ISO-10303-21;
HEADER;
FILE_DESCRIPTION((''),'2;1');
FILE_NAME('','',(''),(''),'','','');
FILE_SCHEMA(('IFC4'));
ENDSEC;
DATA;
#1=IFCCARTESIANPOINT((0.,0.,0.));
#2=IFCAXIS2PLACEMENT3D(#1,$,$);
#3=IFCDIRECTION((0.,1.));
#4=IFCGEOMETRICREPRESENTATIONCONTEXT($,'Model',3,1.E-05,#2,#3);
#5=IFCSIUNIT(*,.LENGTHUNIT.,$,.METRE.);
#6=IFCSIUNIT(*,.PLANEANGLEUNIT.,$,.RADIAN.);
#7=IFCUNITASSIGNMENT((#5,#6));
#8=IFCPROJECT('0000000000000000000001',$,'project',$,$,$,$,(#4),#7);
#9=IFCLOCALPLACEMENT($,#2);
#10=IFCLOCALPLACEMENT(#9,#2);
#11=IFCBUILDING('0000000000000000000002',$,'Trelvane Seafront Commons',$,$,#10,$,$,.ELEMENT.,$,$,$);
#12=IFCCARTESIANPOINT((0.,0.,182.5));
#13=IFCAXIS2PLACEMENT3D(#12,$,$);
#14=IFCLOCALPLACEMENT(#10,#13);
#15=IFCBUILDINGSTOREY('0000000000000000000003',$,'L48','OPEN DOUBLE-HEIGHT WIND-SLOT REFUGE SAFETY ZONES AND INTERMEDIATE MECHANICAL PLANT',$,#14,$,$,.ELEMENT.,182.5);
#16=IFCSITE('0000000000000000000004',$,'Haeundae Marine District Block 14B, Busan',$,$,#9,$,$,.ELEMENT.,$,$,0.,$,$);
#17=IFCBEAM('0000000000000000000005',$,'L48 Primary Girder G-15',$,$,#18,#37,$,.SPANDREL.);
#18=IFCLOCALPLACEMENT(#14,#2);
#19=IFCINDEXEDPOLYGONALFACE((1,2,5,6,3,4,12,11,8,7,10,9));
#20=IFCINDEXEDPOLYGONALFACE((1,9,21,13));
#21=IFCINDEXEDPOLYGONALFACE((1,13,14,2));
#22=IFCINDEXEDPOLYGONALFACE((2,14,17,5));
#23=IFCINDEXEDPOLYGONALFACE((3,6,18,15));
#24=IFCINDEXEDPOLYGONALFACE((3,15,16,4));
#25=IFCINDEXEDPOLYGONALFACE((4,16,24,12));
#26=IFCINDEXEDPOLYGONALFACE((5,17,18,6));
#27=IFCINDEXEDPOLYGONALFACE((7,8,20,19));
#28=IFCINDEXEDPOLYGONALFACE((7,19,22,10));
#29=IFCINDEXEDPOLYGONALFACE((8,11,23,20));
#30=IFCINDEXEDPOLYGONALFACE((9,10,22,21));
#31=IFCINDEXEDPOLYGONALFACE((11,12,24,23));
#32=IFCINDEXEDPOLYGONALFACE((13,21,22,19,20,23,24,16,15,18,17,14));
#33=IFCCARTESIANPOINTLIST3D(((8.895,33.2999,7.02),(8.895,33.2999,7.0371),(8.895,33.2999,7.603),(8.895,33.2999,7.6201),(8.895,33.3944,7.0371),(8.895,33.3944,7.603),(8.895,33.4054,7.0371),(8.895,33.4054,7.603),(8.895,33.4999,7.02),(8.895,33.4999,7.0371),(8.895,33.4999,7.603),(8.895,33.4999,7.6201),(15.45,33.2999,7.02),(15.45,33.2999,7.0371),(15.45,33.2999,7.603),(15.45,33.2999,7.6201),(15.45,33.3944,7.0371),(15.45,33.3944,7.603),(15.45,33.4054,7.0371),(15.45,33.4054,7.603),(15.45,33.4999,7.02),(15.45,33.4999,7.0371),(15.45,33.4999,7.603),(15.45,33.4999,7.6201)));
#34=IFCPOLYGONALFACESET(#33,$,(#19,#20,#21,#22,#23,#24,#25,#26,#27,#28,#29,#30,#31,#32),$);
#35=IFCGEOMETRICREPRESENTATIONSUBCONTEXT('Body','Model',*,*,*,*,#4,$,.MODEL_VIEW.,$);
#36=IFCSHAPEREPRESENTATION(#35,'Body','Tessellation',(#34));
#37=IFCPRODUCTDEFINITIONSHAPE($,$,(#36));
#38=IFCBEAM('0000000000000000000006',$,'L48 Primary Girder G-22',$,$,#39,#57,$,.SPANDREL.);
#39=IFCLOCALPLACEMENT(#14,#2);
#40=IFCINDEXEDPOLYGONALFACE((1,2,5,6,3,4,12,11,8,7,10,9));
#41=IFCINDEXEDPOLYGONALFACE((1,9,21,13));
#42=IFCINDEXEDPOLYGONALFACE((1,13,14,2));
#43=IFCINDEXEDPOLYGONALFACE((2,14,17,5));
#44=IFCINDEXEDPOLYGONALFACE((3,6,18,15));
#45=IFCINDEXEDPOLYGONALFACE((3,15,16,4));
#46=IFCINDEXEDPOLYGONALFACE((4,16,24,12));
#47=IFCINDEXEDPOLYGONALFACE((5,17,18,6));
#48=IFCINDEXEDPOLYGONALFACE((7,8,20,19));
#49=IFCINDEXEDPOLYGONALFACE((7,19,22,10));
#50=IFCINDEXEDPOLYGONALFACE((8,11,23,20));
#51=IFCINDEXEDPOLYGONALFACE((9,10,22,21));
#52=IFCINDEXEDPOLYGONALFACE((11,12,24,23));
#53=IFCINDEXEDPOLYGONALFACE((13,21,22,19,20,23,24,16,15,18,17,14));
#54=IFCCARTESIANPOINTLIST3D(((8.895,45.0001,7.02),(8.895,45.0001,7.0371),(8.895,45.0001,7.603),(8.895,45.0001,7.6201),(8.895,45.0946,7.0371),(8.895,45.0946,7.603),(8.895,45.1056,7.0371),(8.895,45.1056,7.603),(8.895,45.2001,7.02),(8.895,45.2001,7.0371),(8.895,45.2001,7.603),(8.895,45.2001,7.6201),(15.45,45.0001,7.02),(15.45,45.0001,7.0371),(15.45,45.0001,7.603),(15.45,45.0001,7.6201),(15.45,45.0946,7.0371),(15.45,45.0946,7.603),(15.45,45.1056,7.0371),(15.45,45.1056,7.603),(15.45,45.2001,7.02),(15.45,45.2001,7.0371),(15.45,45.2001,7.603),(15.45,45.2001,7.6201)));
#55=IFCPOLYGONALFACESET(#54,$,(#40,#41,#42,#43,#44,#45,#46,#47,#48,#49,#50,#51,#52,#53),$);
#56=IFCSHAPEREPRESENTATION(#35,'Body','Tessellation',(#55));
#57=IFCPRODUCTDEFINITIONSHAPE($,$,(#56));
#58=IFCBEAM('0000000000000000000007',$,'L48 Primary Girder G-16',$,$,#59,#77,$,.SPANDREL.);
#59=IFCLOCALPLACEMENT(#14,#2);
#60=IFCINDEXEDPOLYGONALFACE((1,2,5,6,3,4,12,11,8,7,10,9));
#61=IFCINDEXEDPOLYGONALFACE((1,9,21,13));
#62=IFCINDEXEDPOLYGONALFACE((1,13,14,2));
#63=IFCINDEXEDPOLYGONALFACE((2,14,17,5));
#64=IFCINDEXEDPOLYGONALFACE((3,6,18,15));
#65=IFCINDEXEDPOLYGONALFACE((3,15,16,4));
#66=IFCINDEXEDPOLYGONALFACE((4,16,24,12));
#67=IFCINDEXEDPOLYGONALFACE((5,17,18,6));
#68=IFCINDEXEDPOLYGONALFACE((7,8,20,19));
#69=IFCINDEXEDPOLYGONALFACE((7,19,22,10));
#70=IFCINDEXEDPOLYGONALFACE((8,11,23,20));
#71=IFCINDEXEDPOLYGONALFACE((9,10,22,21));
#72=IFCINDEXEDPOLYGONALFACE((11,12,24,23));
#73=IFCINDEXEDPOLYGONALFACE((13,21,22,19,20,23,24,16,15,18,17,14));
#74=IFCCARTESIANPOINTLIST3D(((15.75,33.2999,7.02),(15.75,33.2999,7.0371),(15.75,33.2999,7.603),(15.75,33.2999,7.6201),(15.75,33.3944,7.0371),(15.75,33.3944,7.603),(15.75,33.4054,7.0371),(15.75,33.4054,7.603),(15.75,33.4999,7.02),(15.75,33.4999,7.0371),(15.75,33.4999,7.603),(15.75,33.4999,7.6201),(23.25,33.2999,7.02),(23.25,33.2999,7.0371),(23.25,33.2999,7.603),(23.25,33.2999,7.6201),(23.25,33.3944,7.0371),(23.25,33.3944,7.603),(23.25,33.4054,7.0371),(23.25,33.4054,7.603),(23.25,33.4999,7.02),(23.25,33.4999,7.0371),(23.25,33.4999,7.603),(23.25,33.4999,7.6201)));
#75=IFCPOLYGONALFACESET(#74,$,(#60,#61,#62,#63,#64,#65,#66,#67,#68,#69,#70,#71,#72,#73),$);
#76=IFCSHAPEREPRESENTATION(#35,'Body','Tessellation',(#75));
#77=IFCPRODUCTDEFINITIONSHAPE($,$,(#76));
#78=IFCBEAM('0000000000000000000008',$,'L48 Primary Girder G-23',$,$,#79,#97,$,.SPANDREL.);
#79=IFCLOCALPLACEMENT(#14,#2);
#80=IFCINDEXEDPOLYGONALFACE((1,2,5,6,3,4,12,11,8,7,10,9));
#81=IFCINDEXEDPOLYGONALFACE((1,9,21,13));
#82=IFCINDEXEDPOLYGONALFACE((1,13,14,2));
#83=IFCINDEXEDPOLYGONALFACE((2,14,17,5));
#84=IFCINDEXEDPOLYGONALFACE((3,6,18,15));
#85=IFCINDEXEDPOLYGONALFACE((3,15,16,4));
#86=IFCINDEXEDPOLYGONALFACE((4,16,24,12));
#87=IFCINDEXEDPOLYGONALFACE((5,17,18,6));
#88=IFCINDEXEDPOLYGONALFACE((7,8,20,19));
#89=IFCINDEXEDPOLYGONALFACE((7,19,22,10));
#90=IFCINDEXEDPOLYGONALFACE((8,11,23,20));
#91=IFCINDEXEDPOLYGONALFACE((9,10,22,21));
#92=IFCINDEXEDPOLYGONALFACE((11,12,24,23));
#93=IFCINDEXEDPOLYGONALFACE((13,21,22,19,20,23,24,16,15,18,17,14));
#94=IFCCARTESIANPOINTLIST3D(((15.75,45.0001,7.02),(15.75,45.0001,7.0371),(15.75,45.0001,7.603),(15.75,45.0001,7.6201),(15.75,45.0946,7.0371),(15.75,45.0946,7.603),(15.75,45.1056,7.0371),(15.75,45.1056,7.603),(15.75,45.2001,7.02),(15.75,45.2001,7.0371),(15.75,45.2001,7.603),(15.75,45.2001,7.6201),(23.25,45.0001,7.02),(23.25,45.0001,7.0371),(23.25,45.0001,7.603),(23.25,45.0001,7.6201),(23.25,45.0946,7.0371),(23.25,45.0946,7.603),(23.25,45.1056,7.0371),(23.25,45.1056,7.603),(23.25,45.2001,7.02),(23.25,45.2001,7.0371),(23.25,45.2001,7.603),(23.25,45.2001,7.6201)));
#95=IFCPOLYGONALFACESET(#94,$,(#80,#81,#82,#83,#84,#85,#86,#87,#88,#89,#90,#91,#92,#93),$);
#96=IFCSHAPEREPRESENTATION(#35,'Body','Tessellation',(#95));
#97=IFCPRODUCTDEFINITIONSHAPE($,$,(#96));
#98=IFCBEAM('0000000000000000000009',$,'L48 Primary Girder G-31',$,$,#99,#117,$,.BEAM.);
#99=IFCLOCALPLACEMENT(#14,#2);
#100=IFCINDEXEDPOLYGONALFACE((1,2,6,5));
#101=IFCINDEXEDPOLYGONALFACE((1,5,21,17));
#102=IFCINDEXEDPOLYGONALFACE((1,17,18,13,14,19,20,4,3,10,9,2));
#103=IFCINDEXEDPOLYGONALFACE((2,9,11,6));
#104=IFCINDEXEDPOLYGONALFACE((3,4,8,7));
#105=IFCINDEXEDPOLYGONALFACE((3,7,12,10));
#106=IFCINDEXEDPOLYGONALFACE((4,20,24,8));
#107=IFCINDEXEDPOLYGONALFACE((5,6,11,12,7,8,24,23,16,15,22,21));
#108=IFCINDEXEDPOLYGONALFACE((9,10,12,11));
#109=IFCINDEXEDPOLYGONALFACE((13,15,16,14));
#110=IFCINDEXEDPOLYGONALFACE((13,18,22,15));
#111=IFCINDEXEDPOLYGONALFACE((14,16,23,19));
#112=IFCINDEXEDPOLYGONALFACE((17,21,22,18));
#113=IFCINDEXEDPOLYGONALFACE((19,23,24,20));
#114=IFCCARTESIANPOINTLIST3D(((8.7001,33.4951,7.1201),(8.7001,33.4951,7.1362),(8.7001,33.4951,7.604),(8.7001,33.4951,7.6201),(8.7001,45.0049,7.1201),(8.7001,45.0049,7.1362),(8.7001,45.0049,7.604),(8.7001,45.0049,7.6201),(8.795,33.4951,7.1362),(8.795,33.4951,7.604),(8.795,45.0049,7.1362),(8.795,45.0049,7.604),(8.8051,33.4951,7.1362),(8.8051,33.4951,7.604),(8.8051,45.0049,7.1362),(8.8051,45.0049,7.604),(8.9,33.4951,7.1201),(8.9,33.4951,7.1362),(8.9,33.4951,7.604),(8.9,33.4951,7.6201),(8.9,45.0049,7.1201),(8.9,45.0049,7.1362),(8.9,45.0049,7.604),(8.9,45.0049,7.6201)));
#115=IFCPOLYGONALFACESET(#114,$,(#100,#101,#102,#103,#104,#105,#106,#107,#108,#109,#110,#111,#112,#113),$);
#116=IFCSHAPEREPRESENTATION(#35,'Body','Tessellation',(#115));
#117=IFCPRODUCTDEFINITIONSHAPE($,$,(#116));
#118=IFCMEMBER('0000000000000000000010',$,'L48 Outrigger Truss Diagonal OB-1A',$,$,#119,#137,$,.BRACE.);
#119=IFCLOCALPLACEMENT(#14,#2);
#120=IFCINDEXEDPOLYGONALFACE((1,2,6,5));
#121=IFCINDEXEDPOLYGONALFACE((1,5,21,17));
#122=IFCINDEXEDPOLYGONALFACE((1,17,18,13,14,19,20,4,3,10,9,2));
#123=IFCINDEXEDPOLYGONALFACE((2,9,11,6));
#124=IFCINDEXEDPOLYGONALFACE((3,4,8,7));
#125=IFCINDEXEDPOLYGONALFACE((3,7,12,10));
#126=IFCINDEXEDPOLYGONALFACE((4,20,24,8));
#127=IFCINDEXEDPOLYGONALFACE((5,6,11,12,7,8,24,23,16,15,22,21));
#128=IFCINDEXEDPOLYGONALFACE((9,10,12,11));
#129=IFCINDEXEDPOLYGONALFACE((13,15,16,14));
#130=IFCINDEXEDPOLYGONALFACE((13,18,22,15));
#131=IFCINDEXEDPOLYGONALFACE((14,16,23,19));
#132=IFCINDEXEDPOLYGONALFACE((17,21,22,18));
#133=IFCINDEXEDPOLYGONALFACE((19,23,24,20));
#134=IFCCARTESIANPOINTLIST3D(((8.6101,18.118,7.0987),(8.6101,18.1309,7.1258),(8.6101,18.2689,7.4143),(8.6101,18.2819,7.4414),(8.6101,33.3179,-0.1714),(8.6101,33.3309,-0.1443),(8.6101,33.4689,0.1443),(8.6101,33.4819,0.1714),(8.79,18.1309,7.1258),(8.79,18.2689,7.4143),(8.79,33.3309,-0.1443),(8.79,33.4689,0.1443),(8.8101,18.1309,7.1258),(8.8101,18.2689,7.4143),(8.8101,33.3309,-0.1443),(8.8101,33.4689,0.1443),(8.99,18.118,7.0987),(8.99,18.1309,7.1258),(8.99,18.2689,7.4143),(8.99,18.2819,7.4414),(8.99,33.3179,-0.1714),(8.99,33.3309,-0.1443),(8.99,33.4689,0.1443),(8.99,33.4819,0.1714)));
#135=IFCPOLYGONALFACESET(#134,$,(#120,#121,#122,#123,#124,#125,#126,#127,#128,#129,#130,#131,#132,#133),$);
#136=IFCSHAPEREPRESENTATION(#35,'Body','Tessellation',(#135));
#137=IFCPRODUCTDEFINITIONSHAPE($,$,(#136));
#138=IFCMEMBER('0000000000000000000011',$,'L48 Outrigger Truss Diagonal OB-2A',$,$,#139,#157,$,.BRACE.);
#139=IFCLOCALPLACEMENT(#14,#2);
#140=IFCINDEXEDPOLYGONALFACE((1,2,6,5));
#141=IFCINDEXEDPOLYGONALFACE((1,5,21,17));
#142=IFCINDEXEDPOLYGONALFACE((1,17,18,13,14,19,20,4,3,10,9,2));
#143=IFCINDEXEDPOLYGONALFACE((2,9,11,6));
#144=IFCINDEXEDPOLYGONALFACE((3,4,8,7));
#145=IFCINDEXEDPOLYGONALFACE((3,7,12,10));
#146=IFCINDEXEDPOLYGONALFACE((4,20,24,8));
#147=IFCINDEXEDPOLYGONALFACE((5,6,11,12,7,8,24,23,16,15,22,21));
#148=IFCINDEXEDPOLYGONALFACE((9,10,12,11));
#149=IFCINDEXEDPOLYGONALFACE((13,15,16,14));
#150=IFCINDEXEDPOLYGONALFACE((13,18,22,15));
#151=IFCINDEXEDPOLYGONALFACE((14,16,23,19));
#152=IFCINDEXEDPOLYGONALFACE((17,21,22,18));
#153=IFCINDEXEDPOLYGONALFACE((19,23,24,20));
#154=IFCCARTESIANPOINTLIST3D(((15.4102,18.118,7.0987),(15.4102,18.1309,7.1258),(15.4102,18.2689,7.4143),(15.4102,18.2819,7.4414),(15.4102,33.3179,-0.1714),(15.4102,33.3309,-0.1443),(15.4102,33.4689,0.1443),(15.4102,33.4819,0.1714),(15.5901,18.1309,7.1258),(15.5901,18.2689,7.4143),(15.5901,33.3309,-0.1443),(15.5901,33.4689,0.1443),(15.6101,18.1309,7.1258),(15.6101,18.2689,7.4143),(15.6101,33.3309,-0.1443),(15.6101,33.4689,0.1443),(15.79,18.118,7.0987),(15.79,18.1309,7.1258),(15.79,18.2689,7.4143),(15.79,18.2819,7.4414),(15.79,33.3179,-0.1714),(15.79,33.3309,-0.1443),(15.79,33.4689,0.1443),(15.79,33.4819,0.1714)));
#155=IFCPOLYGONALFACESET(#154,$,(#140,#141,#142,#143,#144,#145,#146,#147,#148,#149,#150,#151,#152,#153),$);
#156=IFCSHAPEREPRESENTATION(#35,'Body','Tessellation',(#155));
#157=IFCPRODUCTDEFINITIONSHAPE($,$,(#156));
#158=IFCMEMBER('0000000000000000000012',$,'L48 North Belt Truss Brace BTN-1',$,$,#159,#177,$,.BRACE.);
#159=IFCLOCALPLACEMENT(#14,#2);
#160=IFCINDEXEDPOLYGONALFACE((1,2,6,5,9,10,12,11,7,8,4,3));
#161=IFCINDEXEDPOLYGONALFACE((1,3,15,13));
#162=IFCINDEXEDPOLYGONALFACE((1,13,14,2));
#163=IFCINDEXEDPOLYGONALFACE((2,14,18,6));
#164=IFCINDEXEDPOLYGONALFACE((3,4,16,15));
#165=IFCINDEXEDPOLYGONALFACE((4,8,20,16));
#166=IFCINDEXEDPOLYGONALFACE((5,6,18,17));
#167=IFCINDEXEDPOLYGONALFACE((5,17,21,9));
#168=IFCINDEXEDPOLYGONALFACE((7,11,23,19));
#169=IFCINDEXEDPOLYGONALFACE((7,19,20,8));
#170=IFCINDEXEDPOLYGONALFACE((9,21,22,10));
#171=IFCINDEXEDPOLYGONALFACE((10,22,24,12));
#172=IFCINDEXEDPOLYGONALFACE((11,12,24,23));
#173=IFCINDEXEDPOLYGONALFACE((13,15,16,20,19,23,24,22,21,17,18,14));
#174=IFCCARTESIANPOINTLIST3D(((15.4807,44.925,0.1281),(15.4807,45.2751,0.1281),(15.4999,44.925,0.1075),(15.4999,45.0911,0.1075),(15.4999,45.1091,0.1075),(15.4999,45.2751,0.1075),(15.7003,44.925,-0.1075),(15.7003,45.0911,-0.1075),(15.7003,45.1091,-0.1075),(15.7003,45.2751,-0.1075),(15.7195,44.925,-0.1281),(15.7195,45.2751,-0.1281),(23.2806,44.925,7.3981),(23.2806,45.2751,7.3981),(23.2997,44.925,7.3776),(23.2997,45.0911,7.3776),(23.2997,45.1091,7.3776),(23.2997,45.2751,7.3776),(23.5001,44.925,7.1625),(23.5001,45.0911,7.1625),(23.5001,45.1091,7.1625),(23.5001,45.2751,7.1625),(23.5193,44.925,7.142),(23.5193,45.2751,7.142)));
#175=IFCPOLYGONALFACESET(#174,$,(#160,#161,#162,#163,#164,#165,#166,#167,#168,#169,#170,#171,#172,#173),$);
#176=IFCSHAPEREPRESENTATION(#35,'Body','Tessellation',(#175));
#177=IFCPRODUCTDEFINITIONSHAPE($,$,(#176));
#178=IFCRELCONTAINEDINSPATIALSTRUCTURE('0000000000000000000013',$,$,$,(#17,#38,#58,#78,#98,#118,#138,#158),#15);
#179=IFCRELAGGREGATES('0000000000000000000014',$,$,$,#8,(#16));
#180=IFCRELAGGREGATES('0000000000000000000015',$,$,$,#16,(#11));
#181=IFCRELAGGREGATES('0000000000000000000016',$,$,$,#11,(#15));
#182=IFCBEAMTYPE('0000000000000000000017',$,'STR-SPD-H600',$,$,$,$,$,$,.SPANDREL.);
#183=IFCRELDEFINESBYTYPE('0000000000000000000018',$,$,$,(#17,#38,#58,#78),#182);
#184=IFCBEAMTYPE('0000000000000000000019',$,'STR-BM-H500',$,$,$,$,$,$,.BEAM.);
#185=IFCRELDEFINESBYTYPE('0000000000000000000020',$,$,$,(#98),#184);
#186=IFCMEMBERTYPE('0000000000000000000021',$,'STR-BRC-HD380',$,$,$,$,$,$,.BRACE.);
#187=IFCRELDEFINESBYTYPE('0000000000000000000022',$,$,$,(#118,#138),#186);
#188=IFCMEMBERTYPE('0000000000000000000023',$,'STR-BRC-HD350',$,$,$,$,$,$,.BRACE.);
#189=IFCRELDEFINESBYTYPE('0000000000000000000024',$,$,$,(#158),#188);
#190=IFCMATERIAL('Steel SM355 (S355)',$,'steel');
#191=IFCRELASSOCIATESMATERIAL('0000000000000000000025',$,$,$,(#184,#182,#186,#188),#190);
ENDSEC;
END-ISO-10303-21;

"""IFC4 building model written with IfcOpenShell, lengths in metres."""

from ifc_helpers import new_model, si_unit, direction, frame, origin, origin_2d, place, context, subcontext, project, spatial, i_section, extrude, source, transform, mapped, material, material_profile, profile_set, type_object, element, save


model = new_model("IFC4")

# Units and contexts
model_context = context("Model", 3, precision=1e-05, world=origin(), true_north=direction((0.0, 1.0)))
body_context = subcontext(model_context, "Body", "Model", "MODEL_VIEW")
ifc_project = project(units=[si_unit("LENGTHUNIT", "METRE"), si_unit("PLANEANGLEUNIT", "RADIAN")], contexts=[model_context])

# Site, building, storey
site_placement = place(None, origin())
site = spatial("IfcSite", under=ifc_project, at=site_placement, Name="Haeundae Marine District Block 14B, Busan", CompositionType="ELEMENT", RefElevation=0.0)
building_placement = place(site_placement, origin())
building = spatial("IfcBuilding", under=site, at=building_placement, Name="Trelvane Seafront Commons", CompositionType="ELEMENT")
storey_placement = place(building_placement, frame((0.0, 0.0, 182.5)))
storey = spatial("IfcBuildingStorey", under=building, at=storey_placement, Name="L48", Description="OPEN DOUBLE-HEIGHT WIND-SLOT REFUGE SAFETY ZONES AND INTERMEDIATE MECHANICAL PLANT", CompositionType="ELEMENT", Elevation=182.5)

# Shared definitions
ifc_material_1 = material(Name="Steel SM355 (S355)", Category="steel")

# Beams
ifc_material_profile_1 = material_profile(ifc_material_1, i_section(OverallWidth=0.2, OverallDepth=0.5, WebThickness=0.01, FlangeThickness=0.0161, at=origin_2d()), Name="H-500x200x10x16")
ifc_profile_set_1 = profile_set([ifc_material_profile_1], Name="Steel SM355 (S355)")
beam_type_1 = type_object("IfcBeamType", Name="STR-BM-H500", PredefinedType="BEAM", material=ifc_profile_set_1)
ifc_material_profile_2 = material_profile(ifc_material_1, i_section(OverallWidth=0.2, OverallDepth=0.6001, WebThickness=0.011, FlangeThickness=0.0171, at=origin_2d()), Name="H-600x200x11x17")
ifc_profile_set_2 = profile_set([ifc_material_profile_2], Name="Steel SM355 (S355)")
beam_type_2 = type_object("IfcBeamType", Name="STR-SPD-H600", PredefinedType="SPANDREL", material=ifc_profile_set_2)
shared_shape_1 = source(origin(), body_context, "Body", "SweptSolid", [
    extrude(i_section(OverallWidth=0.2, OverallDepth=0.6001, WebThickness=0.011, FlangeThickness=0.0171, at=origin_2d()), origin(), (0.0, 0.0, 1.0), 6.5549),
])
for number, where, z_axis, x_axis, name in (
    (1, (8.895, 33.3999, 7.3201), (1.0, 0.0, 0.0), (0.0, 1.0, 0.0), "L48 Primary Girder G-15"),
    (2, (8.895, 45.1001, 7.3201), (1.0, 0.0, 0.0), (0.0, 1.0, 0.0), "L48 Primary Girder G-22"),
):
    element("IfcBeam", number, at=place(storey_placement, frame(where, z_axis=z_axis, x_axis=x_axis)), inside=storey, type_object=beam_type_2, Name=name, PredefinedType="SPANDREL", context=body_context, shape_type="MappedRepresentation", body=[
        mapped(shared_shape_1, transform((0.0, 0.0, 0.0), x_axis=(1.0, 0.0, 0.0), y_axis=(0.0, 1.0, 0.0), z_axis=(0.0, 0.0, 1.0), scale=1.0)),
    ])
shared_shape_2 = source(origin(), body_context, "Body", "SweptSolid", [
    extrude(i_section(OverallWidth=0.2, OverallDepth=0.6001, WebThickness=0.011, FlangeThickness=0.0171, at=origin_2d()), origin(), (0.0, 0.0, 1.0), 7.5),
])
for number, where, z_axis, x_axis, name in (
    (3, (15.75, 33.3999, 7.3201), (1.0, 0.0, 0.0), (0.0, 1.0, 0.0), "L48 Primary Girder G-16"),
    (4, (15.75, 45.1001, 7.3201), (1.0, 0.0, 0.0), (0.0, 1.0, 0.0), "L48 Primary Girder G-23"),
):
    element("IfcBeam", number, at=place(storey_placement, frame(where, z_axis=z_axis, x_axis=x_axis)), inside=storey, type_object=beam_type_2, Name=name, PredefinedType="SPANDREL", context=body_context, shape_type="MappedRepresentation", body=[
        mapped(shared_shape_2, transform((0.0, 0.0, 0.0), x_axis=(1.0, 0.0, 0.0), y_axis=(0.0, 1.0, 0.0), z_axis=(0.0, 0.0, 1.0), scale=1.0)),
    ])
shared_shape_3 = source(origin(), body_context, "Body", "SweptSolid", [
    extrude(i_section(OverallWidth=0.2, OverallDepth=0.5, WebThickness=0.01, FlangeThickness=0.0161, at=origin_2d()), origin(), (0.0, 0.0, 1.0), 11.5098),
])
beam_1_placement = place(storey_placement, frame((8.8, 33.4951, 7.3701), z_axis=(0.0, 1.0, 0.0), x_axis=(-1.0, 0.0, 0.0)))
element("IfcBeam", 5, at=beam_1_placement, inside=storey, type_object=beam_type_1, Name="L48 Primary Girder G-31", PredefinedType="BEAM", context=body_context, shape_type="MappedRepresentation", body=[
    mapped(shared_shape_3, transform((0.0, 0.0, 0.0), x_axis=(1.0, 0.0, 0.0), y_axis=(0.0, 1.0, 0.0), z_axis=(0.0, 0.0, 1.0), scale=1.0)),
])

# Members
ifc_material_profile_3 = material_profile(ifc_material_1, i_section(OverallWidth=0.3799, OverallDepth=0.3799, WebThickness=0.02, FlangeThickness=0.03, at=origin_2d()), Name="HD-380x380x20x30")
ifc_profile_set_3 = profile_set([ifc_material_profile_3], Name="Steel SM355 (S355)")
member_type_1 = type_object("IfcMemberType", Name="STR-BRC-HD380", PredefinedType="BRACE", material=ifc_profile_set_3)
shared_shape_4 = source(origin(), body_context, "Body", "SweptSolid", [
    extrude(i_section(OverallWidth=0.3799, OverallDepth=0.3799, WebThickness=0.02, FlangeThickness=0.03, at=origin_2d()), origin(), (0.0, 0.0, 1.0), 16.8491),
])
for number, where, z_axis, x_axis, name in (
    (6, (8.8, 33.3999, 0.0), (0.0, -0.902123, 0.431479), (1.0, 0.0, 0.0), "L48 Outrigger Truss Diagonal OB-1A"),
    (7, (15.6001, 33.3999, 0.0), (0.0, -0.902123, 0.431479), (1.0, 0.0, 0.0), "L48 Outrigger Truss Diagonal OB-2A"),
):
    element("IfcMember", number, at=place(storey_placement, frame(where, z_axis=z_axis, x_axis=x_axis)), inside=storey, type_object=member_type_1, Name=name, PredefinedType="BRACE", context=body_context, shape_type="MappedRepresentation", body=[
        mapped(shared_shape_4, transform((0.0, 0.0, 0.0), x_axis=(1.0, 0.0, 0.0), y_axis=(0.0, 1.0, 0.0), z_axis=(0.0, 0.0, 1.0), scale=1.0)),
    ])
ifc_material_profile_4 = material_profile(ifc_material_1, i_section(OverallWidth=0.3501, OverallDepth=0.3501, WebThickness=0.0181, FlangeThickness=0.0281, at=origin_2d()), Name="HD-350x350x18x28")
ifc_profile_set_4 = profile_set([ifc_material_profile_4], Name="Steel SM355 (S355)")
member_type_2 = type_object("IfcMemberType", Name="STR-BRC-HD350", PredefinedType="BRACE", material=ifc_profile_set_4)
shared_shape_5 = source(origin(), body_context, "Body", "SweptSolid", [
    extrude(i_section(OverallWidth=0.3501, OverallDepth=0.3501, WebThickness=0.0181, FlangeThickness=0.0281, at=origin_2d()), origin(), (0.0, 0.0, 1.0), 10.6626),
])
member_placement = place(storey_placement, frame((15.6001, 45.1001, 0.0), z_axis=(0.731513, 0.0, 0.681827), x_axis=(0.0, 1.0, 0.0)))
element("IfcMember", 8, at=member_placement, inside=storey, type_object=member_type_2, Name="L48 North Belt Truss Brace BTN-1", PredefinedType="BRACE", context=body_context, shape_type="MappedRepresentation", body=[
    mapped(shared_shape_5, transform((0.0, 0.0, 0.0), x_axis=(1.0, 0.0, 0.0), y_axis=(0.0, 1.0, 0.0), z_axis=(0.0, 0.0, 1.0), scale=1.0)),
])

save(model, "model.ifc")
